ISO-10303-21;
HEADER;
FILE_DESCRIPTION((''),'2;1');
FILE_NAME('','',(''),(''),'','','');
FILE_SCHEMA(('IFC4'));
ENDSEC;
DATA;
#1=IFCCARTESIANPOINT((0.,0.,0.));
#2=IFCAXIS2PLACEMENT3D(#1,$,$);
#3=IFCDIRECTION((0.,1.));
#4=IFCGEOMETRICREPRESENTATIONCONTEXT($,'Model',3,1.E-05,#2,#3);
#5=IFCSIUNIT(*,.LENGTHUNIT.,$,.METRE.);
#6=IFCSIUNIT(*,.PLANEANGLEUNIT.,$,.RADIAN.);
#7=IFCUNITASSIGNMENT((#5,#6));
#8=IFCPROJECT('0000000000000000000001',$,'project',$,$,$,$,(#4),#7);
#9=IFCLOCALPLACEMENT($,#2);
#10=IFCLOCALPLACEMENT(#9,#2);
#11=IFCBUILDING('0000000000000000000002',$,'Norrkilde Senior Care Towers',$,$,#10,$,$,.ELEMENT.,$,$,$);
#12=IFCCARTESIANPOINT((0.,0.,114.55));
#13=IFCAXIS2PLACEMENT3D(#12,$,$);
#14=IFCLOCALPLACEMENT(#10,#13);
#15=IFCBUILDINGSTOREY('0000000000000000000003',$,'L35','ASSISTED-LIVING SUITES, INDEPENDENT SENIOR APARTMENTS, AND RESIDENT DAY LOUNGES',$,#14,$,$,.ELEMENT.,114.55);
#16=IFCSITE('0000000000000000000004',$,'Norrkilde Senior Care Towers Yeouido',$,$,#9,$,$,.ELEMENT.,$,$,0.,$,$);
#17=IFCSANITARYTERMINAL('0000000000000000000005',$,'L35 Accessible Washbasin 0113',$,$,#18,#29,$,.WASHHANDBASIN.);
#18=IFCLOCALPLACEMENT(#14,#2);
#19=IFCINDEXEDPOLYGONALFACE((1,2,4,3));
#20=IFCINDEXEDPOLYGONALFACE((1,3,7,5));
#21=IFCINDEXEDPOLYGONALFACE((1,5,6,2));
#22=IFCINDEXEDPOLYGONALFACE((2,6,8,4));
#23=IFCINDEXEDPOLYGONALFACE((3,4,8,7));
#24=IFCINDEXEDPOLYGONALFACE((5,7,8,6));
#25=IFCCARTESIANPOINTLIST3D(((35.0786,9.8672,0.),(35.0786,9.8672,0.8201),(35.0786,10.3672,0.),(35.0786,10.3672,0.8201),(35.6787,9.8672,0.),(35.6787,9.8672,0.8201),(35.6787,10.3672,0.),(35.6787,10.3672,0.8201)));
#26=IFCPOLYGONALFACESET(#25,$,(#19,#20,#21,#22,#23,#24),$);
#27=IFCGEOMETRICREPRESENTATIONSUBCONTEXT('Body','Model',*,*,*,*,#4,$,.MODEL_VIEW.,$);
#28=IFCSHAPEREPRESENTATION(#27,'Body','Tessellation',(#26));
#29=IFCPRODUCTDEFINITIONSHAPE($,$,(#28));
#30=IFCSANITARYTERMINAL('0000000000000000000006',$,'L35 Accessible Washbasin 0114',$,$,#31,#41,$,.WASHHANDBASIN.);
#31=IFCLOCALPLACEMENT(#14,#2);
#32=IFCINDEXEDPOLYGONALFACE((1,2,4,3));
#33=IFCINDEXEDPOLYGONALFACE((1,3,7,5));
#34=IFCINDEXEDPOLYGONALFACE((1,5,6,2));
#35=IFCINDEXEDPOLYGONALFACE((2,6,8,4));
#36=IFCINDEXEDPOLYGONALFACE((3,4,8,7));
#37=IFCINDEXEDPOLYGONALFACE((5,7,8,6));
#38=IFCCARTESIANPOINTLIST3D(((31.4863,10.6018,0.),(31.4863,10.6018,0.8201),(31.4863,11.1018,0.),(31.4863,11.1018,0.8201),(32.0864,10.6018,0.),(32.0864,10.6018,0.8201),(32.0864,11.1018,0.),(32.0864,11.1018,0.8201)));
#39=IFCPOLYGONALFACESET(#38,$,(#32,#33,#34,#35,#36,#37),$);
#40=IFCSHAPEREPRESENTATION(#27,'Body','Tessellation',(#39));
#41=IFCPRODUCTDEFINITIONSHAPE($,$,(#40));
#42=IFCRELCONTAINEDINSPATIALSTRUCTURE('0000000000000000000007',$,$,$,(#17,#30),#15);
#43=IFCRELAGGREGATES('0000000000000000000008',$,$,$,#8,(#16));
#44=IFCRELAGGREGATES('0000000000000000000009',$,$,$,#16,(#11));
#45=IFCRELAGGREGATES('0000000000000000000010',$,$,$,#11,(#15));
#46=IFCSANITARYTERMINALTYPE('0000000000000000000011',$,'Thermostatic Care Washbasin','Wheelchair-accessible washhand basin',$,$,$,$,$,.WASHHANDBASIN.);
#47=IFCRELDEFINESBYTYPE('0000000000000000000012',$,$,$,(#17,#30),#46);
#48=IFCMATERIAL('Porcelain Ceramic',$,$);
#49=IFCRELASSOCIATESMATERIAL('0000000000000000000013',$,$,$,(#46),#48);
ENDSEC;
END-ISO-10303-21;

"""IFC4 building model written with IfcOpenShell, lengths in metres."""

from ifc_helpers import new_model, si_unit, direction, frame, origin, origin_2d, place, context, subcontext, project, spatial, rectangle, extrude, source, transform, mapped, material, type_object, type_shapes, element, save


model = new_model("IFC4")

# Units and contexts
model_context = context("Model", 3, precision=1e-05, world=origin(), true_north=direction((0.0, 1.0)))
body_context = subcontext(model_context, "Body", "Model", "MODEL_VIEW")
ifc_project = project(units=[si_unit("LENGTHUNIT", "METRE"), si_unit("PLANEANGLEUNIT", "RADIAN")], contexts=[model_context])

# Site, building, storey
site_placement = place(None, origin())
site = spatial("IfcSite", under=ifc_project, at=site_placement, Name="Norrkilde Senior Care Towers Yeouido", CompositionType="ELEMENT", RefElevation=0.0)
building_placement = place(site_placement, origin())
building = spatial("IfcBuilding", under=site, at=building_placement, Name="Norrkilde Senior Care Towers", CompositionType="ELEMENT")
storey_placement = place(building_placement, frame((0.0, 0.0, 114.55)))
storey = spatial("IfcBuildingStorey", under=building, at=storey_placement, Name="L35", Description="ASSISTED-LIVING SUITES, INDEPENDENT SENIOR APARTMENTS, AND RESIDENT DAY LOUNGES", CompositionType="ELEMENT", Elevation=114.55)

# Sanitary terminals
ifc_material_1 = material(Name="Porcelain Ceramic")
sanitary_terminal_type_1 = type_object("IfcSanitaryTerminalType", Name="Thermostatic Care Washbasin", Description="Wheelchair-accessible washhand basin", PredefinedType="WASHHANDBASIN", material=ifc_material_1)
shared_shape_1 = source(origin(), body_context, "Body", "SweptSolid", [
    extrude(rectangle(XDim=0.6001, YDim=0.5, at=origin_2d()), origin(), (0.0, 0.0, 1.0), 0.8201),
])
type_shapes(sanitary_terminal_type_1, [shared_shape_1])
for number, where, z_axis, x_axis, name in (
    (1, (35.3787, 10.1172, 0.0), (0.0, 0.0, 1.0), (1.0, 0.0, 0.0), "L35 Accessible Washbasin 0113"),
    (2, (31.7864, 10.8518, 0.0), (0.0, 0.0, 1.0), (1.0, 0.0, 0.0), "L35 Accessible Washbasin 0114"),
):
    element("IfcSanitaryTerminal", number, at=place(storey_placement, frame(where, z_axis=z_axis, x_axis=x_axis)), inside=storey, type_object=sanitary_terminal_type_1, Name=name, PredefinedType="WASHHANDBASIN", context=body_context, shape_type="MappedRepresentation", body=[
        mapped(shared_shape_1, transform((0.0, 0.0, 0.0), x_axis=(1.0, 0.0, 0.0), y_axis=(0.0, 1.0, 0.0), z_axis=(0.0, 0.0, 1.0), scale=1.0)),
    ])

save(model, "model.ifc")
